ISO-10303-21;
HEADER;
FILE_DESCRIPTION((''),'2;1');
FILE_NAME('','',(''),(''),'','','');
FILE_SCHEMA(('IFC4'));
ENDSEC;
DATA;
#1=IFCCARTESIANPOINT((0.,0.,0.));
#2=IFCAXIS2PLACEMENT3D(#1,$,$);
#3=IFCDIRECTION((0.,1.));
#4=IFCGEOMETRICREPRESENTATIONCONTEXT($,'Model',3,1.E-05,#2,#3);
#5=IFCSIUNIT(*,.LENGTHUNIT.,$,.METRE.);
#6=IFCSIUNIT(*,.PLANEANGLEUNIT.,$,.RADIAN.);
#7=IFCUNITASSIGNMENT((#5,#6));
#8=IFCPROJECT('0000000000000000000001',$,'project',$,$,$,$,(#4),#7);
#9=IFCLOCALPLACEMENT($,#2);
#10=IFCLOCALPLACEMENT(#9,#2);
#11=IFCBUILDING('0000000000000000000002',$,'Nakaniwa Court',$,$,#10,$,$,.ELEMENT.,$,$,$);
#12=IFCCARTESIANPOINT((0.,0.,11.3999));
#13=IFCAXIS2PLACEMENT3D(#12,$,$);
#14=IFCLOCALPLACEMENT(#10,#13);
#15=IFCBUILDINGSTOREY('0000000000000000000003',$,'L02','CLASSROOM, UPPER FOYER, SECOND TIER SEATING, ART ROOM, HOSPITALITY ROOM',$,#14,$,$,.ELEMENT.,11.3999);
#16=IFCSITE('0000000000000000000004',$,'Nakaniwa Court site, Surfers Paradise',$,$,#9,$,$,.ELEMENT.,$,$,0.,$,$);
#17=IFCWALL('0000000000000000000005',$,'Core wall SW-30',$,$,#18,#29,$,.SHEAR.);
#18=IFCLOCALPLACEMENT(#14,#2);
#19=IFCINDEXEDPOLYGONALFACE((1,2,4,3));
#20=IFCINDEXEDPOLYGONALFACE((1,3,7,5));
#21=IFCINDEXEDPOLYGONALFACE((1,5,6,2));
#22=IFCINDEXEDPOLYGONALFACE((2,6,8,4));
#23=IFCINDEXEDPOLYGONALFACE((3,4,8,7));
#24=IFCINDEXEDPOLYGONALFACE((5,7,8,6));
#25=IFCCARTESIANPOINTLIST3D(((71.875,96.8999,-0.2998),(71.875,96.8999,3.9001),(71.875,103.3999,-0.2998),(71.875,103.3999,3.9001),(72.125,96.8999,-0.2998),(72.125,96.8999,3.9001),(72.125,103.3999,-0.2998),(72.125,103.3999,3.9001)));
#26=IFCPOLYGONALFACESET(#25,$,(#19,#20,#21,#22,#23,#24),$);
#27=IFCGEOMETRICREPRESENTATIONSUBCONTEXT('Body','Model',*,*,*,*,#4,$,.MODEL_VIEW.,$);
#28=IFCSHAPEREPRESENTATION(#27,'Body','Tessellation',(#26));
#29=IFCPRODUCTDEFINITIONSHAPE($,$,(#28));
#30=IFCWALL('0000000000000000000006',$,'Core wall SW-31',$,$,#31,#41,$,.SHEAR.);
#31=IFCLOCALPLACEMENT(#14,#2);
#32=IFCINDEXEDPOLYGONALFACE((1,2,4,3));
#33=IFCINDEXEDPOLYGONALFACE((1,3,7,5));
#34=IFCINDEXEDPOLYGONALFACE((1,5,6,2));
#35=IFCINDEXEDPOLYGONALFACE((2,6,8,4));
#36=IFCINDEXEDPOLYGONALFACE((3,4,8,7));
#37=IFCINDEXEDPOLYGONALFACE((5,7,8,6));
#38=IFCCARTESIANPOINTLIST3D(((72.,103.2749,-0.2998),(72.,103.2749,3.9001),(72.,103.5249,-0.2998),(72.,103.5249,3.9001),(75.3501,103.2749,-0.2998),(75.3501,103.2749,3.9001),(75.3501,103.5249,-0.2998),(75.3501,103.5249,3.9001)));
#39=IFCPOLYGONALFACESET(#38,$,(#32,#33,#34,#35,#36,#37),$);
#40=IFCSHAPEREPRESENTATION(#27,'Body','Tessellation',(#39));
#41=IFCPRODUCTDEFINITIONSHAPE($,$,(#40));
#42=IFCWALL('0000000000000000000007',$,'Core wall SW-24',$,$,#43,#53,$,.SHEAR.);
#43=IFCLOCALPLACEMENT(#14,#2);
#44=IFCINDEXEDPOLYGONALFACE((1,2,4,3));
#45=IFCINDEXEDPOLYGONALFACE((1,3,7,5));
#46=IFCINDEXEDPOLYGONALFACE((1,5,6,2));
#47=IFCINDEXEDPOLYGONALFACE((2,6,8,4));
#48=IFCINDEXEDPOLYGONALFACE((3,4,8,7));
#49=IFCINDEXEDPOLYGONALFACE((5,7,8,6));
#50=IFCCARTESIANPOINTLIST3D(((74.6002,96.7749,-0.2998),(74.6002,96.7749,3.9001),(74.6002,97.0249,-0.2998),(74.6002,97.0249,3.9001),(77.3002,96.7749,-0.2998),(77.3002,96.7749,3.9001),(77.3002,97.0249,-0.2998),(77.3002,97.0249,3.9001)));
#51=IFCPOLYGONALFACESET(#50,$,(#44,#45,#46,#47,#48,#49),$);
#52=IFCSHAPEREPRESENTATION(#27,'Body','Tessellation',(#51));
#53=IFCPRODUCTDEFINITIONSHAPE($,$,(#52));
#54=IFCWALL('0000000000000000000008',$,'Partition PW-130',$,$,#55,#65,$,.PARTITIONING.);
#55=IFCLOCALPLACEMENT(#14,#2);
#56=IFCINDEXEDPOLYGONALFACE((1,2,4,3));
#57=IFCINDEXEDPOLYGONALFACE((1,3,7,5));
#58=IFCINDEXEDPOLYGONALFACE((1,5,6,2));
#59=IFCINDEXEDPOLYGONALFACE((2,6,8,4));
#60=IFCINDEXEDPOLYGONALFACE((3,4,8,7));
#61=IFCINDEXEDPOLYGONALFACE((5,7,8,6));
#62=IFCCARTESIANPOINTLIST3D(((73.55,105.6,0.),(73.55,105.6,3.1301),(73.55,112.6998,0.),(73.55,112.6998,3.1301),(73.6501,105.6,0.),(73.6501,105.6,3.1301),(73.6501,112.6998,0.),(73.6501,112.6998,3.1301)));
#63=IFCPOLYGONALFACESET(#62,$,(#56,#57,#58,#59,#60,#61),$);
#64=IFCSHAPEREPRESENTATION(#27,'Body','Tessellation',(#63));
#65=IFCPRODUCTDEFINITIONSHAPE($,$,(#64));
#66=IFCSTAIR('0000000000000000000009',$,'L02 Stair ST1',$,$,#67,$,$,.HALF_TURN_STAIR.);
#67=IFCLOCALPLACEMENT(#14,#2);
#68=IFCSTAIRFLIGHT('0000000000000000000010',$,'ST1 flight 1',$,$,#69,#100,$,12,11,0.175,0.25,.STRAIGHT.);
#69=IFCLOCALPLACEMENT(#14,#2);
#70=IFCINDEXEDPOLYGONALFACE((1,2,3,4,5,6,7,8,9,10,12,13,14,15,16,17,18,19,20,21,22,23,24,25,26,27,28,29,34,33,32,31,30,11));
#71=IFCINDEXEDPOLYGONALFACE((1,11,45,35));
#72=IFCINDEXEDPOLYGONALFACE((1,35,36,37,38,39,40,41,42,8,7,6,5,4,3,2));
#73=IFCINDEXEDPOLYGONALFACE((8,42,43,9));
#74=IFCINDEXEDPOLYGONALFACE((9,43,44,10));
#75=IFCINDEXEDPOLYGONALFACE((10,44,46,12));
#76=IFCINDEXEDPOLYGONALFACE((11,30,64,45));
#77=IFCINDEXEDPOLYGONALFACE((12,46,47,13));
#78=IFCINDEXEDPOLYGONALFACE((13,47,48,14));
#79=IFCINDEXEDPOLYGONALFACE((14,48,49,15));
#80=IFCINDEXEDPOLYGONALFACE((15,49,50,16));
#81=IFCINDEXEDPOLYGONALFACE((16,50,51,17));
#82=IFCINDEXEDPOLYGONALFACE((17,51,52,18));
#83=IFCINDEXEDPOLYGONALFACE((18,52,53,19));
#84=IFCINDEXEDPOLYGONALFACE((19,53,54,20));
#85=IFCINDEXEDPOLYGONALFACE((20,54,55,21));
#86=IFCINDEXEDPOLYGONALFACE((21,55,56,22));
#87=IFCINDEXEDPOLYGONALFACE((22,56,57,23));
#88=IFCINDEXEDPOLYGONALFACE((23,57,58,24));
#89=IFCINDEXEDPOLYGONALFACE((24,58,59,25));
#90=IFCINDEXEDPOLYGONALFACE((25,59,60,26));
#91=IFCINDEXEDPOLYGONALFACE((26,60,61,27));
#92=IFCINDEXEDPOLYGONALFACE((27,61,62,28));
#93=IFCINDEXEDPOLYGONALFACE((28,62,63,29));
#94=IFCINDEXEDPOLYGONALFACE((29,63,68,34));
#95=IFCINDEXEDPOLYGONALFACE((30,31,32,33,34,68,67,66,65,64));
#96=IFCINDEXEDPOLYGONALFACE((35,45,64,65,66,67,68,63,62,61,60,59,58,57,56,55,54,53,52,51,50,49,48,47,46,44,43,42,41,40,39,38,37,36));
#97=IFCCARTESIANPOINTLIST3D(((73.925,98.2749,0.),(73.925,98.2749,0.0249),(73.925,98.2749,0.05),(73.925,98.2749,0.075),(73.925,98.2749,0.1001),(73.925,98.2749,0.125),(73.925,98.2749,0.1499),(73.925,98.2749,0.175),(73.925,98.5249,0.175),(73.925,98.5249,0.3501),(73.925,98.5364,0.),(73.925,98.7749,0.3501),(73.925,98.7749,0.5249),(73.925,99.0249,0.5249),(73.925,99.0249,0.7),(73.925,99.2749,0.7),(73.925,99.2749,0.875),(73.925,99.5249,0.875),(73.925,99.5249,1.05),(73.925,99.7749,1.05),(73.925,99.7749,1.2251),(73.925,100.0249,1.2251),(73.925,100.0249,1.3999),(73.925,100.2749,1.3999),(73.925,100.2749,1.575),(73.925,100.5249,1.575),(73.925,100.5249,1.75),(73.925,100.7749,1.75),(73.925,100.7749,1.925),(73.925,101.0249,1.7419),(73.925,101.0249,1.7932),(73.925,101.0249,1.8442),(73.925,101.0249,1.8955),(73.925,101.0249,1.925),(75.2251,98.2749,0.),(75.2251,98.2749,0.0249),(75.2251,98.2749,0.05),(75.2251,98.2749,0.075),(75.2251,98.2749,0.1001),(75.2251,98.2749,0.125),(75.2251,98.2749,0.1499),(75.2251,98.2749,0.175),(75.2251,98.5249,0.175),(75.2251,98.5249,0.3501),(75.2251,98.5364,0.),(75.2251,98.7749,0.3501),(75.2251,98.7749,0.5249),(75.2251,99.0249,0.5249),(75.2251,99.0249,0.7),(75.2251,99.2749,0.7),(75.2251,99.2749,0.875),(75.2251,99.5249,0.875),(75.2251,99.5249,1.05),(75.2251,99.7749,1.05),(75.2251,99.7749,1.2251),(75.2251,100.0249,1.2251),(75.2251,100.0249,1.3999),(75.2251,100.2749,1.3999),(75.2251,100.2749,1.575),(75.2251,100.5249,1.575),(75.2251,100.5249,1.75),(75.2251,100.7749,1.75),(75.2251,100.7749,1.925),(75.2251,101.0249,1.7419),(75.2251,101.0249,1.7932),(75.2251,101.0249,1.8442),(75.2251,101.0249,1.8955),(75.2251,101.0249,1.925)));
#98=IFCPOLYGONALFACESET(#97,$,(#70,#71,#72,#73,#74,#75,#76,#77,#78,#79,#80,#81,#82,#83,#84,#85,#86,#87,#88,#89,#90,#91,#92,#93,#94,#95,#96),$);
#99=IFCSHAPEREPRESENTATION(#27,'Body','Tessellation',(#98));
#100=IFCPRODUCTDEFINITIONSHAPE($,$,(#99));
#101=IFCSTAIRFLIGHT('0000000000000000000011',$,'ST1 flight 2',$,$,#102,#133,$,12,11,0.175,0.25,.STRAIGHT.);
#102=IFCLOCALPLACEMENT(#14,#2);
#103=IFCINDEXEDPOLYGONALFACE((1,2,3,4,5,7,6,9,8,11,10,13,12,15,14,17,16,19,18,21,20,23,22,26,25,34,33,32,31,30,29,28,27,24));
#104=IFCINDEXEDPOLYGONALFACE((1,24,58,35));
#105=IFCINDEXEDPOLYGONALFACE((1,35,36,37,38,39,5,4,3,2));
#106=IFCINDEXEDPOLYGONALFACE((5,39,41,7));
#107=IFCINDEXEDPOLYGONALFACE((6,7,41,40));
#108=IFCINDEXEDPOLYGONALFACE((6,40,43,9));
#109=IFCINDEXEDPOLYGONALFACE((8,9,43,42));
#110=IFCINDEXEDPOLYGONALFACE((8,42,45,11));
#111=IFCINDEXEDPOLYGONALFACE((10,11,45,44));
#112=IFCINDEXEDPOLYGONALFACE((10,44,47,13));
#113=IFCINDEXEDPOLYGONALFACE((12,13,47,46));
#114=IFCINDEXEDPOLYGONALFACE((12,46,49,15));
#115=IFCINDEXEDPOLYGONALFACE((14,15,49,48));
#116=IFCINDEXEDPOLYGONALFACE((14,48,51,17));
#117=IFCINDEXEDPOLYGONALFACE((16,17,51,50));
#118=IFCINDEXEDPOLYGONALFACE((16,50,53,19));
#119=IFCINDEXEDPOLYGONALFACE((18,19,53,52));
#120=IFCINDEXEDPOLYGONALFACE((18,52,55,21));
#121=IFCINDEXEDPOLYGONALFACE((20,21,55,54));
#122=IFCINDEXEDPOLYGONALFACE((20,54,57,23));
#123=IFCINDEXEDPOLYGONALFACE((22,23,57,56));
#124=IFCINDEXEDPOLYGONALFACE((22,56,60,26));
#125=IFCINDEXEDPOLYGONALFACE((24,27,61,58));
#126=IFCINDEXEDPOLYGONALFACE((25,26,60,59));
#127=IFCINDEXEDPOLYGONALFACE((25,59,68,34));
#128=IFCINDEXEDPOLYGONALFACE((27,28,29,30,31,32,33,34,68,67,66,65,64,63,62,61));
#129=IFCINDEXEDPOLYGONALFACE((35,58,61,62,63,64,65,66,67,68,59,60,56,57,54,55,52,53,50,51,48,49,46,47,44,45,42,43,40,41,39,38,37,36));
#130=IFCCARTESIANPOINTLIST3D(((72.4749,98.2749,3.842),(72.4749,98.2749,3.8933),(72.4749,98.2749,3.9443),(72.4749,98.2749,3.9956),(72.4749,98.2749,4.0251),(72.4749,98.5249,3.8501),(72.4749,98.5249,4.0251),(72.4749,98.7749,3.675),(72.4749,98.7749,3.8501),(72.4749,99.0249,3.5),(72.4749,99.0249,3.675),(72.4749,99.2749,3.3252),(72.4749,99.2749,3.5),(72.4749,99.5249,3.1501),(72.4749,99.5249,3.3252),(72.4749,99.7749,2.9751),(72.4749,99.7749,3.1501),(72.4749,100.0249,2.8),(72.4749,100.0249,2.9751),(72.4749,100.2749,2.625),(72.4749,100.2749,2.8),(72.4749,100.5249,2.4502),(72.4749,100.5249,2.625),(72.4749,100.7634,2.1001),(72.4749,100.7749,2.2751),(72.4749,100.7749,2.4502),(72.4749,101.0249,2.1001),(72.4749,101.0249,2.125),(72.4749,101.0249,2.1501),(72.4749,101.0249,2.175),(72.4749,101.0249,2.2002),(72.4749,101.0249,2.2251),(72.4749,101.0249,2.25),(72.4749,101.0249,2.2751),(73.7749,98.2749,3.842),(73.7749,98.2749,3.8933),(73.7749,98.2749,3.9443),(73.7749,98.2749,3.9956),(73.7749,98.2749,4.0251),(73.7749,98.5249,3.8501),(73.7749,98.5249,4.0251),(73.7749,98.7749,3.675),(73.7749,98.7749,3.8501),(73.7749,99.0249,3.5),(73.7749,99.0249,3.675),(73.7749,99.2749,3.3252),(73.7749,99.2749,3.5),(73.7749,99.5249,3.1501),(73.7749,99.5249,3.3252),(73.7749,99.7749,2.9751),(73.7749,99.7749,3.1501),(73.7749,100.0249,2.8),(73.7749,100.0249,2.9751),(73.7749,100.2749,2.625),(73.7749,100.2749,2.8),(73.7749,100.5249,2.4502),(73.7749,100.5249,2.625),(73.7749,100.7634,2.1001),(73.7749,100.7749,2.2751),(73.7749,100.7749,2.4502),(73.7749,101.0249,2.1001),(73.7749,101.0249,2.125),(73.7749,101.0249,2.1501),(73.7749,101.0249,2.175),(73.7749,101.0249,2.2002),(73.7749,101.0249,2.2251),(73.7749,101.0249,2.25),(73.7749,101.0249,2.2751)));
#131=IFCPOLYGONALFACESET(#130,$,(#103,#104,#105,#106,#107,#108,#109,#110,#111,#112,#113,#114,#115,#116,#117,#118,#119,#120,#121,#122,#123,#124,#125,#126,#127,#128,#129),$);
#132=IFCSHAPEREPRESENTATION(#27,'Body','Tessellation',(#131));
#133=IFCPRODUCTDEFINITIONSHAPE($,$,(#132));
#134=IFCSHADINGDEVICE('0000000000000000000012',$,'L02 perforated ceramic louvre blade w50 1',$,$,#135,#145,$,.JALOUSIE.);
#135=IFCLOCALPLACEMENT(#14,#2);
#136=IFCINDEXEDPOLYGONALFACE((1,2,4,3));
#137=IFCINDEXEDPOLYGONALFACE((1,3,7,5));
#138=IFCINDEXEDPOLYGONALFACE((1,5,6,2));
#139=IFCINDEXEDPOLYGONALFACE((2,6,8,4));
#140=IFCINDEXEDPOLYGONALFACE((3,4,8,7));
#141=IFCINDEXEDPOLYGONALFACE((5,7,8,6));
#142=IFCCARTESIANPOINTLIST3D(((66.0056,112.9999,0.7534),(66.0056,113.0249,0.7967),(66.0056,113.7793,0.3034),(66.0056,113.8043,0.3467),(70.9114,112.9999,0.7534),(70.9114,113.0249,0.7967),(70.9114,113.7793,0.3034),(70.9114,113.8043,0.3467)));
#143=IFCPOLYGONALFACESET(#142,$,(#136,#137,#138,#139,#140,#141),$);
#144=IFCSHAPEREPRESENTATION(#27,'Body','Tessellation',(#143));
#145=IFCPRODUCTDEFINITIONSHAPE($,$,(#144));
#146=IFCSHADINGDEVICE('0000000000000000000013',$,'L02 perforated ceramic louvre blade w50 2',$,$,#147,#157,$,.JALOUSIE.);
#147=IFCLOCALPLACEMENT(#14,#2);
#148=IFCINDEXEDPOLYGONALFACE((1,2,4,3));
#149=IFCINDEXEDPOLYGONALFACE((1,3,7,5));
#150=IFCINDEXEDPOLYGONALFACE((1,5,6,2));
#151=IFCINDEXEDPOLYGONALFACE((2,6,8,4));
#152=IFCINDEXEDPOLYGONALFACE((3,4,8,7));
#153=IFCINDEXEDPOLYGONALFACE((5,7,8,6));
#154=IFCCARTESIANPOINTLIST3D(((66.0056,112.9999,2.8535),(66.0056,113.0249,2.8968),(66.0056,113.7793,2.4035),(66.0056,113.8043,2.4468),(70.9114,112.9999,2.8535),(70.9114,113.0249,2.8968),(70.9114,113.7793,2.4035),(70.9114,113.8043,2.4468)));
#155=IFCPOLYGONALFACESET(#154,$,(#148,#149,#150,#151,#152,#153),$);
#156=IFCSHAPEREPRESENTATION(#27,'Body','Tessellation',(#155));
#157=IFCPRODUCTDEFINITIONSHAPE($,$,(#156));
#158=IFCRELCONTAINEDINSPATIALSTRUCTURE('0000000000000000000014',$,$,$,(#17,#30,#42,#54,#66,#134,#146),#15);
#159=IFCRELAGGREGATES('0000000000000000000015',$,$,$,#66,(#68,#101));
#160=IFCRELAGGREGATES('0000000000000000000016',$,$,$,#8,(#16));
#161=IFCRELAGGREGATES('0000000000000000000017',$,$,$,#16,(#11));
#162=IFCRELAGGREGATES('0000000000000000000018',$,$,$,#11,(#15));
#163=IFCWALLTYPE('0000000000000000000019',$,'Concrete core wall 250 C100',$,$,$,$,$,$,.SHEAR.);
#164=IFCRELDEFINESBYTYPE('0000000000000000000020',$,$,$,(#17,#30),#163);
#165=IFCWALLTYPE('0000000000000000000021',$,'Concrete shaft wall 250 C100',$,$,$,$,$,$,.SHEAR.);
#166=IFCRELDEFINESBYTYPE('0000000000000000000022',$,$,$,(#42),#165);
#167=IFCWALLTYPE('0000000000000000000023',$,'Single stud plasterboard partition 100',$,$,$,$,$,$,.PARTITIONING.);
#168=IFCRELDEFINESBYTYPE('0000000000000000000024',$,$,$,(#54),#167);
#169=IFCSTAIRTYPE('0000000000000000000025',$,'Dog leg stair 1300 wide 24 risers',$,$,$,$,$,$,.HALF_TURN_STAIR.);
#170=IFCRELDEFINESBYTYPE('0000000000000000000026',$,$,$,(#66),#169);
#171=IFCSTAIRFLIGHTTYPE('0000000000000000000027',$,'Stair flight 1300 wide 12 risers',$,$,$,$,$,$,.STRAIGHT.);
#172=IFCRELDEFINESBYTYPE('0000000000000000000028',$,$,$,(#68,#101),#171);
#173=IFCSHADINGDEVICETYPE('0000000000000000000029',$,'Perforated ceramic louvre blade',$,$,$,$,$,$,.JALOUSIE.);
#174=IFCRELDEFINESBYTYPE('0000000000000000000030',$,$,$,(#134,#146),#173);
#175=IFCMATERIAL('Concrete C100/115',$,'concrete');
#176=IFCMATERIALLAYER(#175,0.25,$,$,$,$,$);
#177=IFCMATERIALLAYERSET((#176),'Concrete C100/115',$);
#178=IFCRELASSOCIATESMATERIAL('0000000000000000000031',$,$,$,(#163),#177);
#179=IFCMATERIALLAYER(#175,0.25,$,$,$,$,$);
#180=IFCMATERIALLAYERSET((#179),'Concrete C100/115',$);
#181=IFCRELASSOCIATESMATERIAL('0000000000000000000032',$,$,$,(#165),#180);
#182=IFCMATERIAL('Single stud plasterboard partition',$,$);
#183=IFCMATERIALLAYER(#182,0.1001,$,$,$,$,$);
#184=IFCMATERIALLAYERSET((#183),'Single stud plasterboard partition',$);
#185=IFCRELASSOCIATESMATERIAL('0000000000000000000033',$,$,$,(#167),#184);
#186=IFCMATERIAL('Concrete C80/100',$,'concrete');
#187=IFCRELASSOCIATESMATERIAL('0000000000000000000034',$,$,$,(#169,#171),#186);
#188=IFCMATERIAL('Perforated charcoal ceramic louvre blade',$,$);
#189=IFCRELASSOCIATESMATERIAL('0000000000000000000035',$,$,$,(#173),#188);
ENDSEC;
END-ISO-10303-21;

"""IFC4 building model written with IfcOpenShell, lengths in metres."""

from ifc_helpers import new_model, si_unit, direction, frame, frame_2d, origin, origin_2d, place, context, subcontext, project, spatial, polyline, rectangle, outline, extrude, material, layer, layer_set, material_profile, profile_set, type_object, element, aggregate, save


model = new_model("IFC4")

# Units and contexts
model_context = context("Model", 3, precision=1e-05, world=origin(), true_north=direction((0.0, 1.0)))
body_context = subcontext(model_context, "Body", "Model", "MODEL_VIEW")
ifc_project = project(units=[si_unit("LENGTHUNIT", "METRE"), si_unit("PLANEANGLEUNIT", "RADIAN")], contexts=[model_context])

# Site, building, storey
site_placement = place(None, origin())
site = spatial("IfcSite", under=ifc_project, at=site_placement, Name="Nakaniwa Court site, Surfers Paradise", CompositionType="ELEMENT", RefElevation=0.0)
building_placement = place(site_placement, origin())
building = spatial("IfcBuilding", under=site, at=building_placement, Name="Nakaniwa Court", CompositionType="ELEMENT")
storey_placement = place(building_placement, frame((0.0, 0.0, 11.3999)))
storey = spatial("IfcBuildingStorey", under=building, at=storey_placement, Name="L02", Description="CLASSROOM, UPPER FOYER, SECOND TIER SEATING, ART ROOM, HOSPITALITY ROOM", CompositionType="ELEMENT", Elevation=11.3999)

# Shared definitions
ifc_material_1 = material(Name="Concrete C100/115", Category="concrete")

# Walls
ifc_layer_1 = layer(ifc_material_1, 0.25)
ifc_layer_set_1 = layer_set([ifc_layer_1], Name="Concrete C100/115")
wall_type_1 = type_object("IfcWallType", Name="Concrete core wall 250 C100", PredefinedType="SHEAR", material=ifc_layer_set_1)
wall_1_placement = place(storey_placement, frame((72.0, 96.8999, -0.2998), z_axis=(0.0, 0.0, 1.0), x_axis=(0.0, 1.0, 0.0)))
element("IfcWall", 1, at=wall_1_placement, inside=storey, type_object=wall_type_1, Name="Core wall SW-30", PredefinedType="SHEAR", context=body_context, shape_type="SweptSolid", body=[
    extrude(rectangle(XDim=6.5, YDim=0.25, at=frame_2d((3.25, 0.0))), origin(), (0.0, 0.0, 1.0), 4.2),
])
wall_2_placement = place(storey_placement, frame((72.0, 103.3999, -0.2998), z_axis=(0.0, 0.0, 1.0), x_axis=(1.0, 0.0, 0.0)))
element("IfcWall", 2, at=wall_2_placement, inside=storey, type_object=wall_type_1, Name="Core wall SW-31", PredefinedType="SHEAR", context=body_context, shape_type="SweptSolid", body=[
    extrude(rectangle(XDim=3.3501, YDim=0.25, at=frame_2d((1.675, 0.0))), origin(), (0.0, 0.0, 1.0), 4.2),
])
ifc_layer_2 = layer(ifc_material_1, 0.25)
ifc_layer_set_2 = layer_set([ifc_layer_2], Name="Concrete C100/115")
wall_type_2 = type_object("IfcWallType", Name="Concrete shaft wall 250 C100", PredefinedType="SHEAR", material=ifc_layer_set_2)
wall_3_placement = place(storey_placement, frame((74.6001, 96.8999, -0.2998), z_axis=(0.0, 0.0, 1.0), x_axis=(1.0, 0.0, 0.0)))
element("IfcWall", 3, at=wall_3_placement, inside=storey, type_object=wall_type_2, Name="Core wall SW-24", PredefinedType="SHEAR", context=body_context, shape_type="SweptSolid", body=[
    extrude(rectangle(XDim=2.7, YDim=0.25, at=frame_2d((1.3501, 0.0))), origin(), (0.0, 0.0, 1.0), 4.2),
])
ifc_material_2 = material(Name="Single stud plasterboard partition")
ifc_layer_3 = layer(ifc_material_2, 0.1001)
ifc_layer_set_3 = layer_set([ifc_layer_3], Name="Single stud plasterboard partition")
wall_type_3 = type_object("IfcWallType", Name="Single stud plasterboard partition 100", PredefinedType="PARTITIONING", material=ifc_layer_set_3)
wall_4_placement = place(storey_placement, frame((73.6001, 105.6001, 0.0), z_axis=(0.0, 0.0, 1.0), x_axis=(0.0, 1.0, 0.0)))
element("IfcWall", 4, at=wall_4_placement, inside=storey, type_object=wall_type_3, Name="Partition PW-130", PredefinedType="PARTITIONING", context=body_context, shape_type="SweptSolid", body=[
    extrude(rectangle(XDim=7.0999, YDim=0.1001, at=frame_2d((3.5498, 0.0))), origin(), (0.0, 0.0, 1.0), 3.1301),
])

# Stair, stair flights
ifc_material_3 = material(Name="Concrete C80/100", Category="concrete")
stair_type = type_object("IfcStairType", Name="Dog leg stair 1300 wide 24 risers", PredefinedType="HALF_TURN_STAIR", material=ifc_material_3)
stair_placement = place(storey_placement, origin())
stair = element("IfcStair", 5, at=stair_placement, inside=storey, type_object=stair_type, Name="L02 Stair ST1", PredefinedType="HALF_TURN_STAIR")
stair_flight_type = type_object("IfcStairFlightType", Name="Stair flight 1300 wide 12 risers", PredefinedType="STRAIGHT", material=ifc_material_3)
stair_flight_1_placement = place(storey_placement, frame((74.575, 98.2749, 0.0), z_axis=(0.0, 0.0, 1.0), x_axis=(0.0, 1.0, 0.0)))
stair_flight_1 = element("IfcStairFlight", 6, at=stair_flight_1_placement, type_object=stair_flight_type, Name="ST1 flight 1", NumberOfRisers=12, NumberOfTreads=11, PredefinedType="STRAIGHT", RiserHeight=0.175, TreadLength=0.25, context=body_context, shape_type="SweptSolid", body=[
    extrude(outline(polyline([(0.0, 0.0), (0.0, 0.0249), (0.0, 0.05), (0.0, 0.075), (0.0, 0.1001), (0.0, 0.125), (0.0, 0.1499), (0.0, 0.175), (0.25, 0.175), (0.25, 0.3501), (0.5, 0.3501), (0.5, 0.5249), (0.75, 0.5249), (0.75, 0.7), (1.0, 0.7), (1.0, 0.875), (1.25, 0.875), (1.25, 1.05), (1.5, 1.05), (1.5, 1.2251), (1.75, 1.2251), (1.75, 1.3999), (2.0, 1.3999), (2.0, 1.575), (2.25, 1.575), (2.25, 1.75), (2.5, 1.75), (2.5, 1.925), (2.75, 1.925), (2.75, 2.1001), (2.75, 2.0488), (2.75, 1.9978), (2.75, 1.9465), (2.75, 1.8955), (2.75, 1.8442), (2.75, 1.7932), (2.75, 1.7419), (0.2615, 0.0), (0.0, 0.0)])), frame((0.0, 0.6499, 0.0), z_axis=(0.0, -1.0, 0.0), x_axis=(1.0, 0.0, 0.0)), (0.0, 0.0, 1.0), 1.3),
])
stair_flight_2_placement = place(storey_placement, frame((73.125, 101.0249, 2.1001), z_axis=(0.0, 0.0, 1.0), x_axis=(0.0, -1.0, 0.0)))
stair_flight_2 = element("IfcStairFlight", 7, at=stair_flight_2_placement, type_object=stair_flight_type, Name="ST1 flight 2", NumberOfRisers=12, NumberOfTreads=11, PredefinedType="STRAIGHT", RiserHeight=0.175, TreadLength=0.25, context=body_context, shape_type="SweptSolid", body=[
    extrude(outline(polyline([(0.0, 0.0), (0.0, 0.0249), (0.0, 0.05), (0.0, 0.075), (0.0, 0.1001), (0.0, 0.125), (0.0, 0.1499), (0.0, 0.175), (0.25, 0.175), (0.25, 0.3501), (0.5, 0.3501), (0.5, 0.5249), (0.75, 0.5249), (0.75, 0.7), (1.0, 0.7), (1.0, 0.875), (1.25, 0.875), (1.25, 1.05), (1.5, 1.05), (1.5, 1.2251), (1.75, 1.2251), (1.75, 1.3999), (2.0, 1.3999), (2.0, 1.575), (2.25, 1.575), (2.25, 1.75), (2.5, 1.75), (2.5, 1.925), (2.75, 1.925), (2.75, 2.1001), (2.75, 2.0488), (2.75, 1.9978), (2.75, 1.9465), (2.75, 1.8955), (2.75, 1.8442), (2.75, 1.7932), (2.75, 1.7419), (0.2615, 0.0), (0.0, 0.0)])), frame((0.0, 0.6499, 0.0), z_axis=(0.0, -1.0, 0.0), x_axis=(1.0, 0.0, 0.0)), (0.0, 0.0, 1.0), 1.3),
])
aggregate(stair, [stair_flight_1, stair_flight_2])

# Shading devices
ifc_material_4 = material(Name="Perforated charcoal ceramic louvre blade")
ifc_material_profile_1 = material_profile(ifc_material_4, rectangle(XDim=0.8999, YDim=0.05, at=origin_2d()), Name="Perforated ceramic louvre blade")
ifc_profile_set_1 = profile_set([ifc_material_profile_1], Name="Perforated charcoal ceramic louvre blade")
shading_device_type = type_object("IfcShadingDeviceType", Name="Perforated ceramic louvre blade", PredefinedType="JALOUSIE", material=ifc_profile_set_1)
for number, where, z_axis, x_axis, name in (
    (8, (70.9114, 113.4021, 0.55), (-1.0, 0.0, 0.0), (0.0, -0.866025, 0.5), "L02 perforated ceramic louvre blade w50 1"),
    (9, (70.9114, 113.4021, 2.6501), (-1.0, 0.0, 0.0), (0.0, -0.866025, 0.5), "L02 perforated ceramic louvre blade w50 2"),
):
    element("IfcShadingDevice", number, at=place(storey_placement, frame(where, z_axis=z_axis, x_axis=x_axis)), inside=storey, type_object=shading_device_type, Name=name, PredefinedType="JALOUSIE", context=body_context, shape_type="SweptSolid", body=[
        extrude(rectangle(XDim=0.8999, YDim=0.05, at=origin_2d()), origin(), (0.0, 0.0, 1.0), 4.9058),
    ])

save(model, "model.ifc")
